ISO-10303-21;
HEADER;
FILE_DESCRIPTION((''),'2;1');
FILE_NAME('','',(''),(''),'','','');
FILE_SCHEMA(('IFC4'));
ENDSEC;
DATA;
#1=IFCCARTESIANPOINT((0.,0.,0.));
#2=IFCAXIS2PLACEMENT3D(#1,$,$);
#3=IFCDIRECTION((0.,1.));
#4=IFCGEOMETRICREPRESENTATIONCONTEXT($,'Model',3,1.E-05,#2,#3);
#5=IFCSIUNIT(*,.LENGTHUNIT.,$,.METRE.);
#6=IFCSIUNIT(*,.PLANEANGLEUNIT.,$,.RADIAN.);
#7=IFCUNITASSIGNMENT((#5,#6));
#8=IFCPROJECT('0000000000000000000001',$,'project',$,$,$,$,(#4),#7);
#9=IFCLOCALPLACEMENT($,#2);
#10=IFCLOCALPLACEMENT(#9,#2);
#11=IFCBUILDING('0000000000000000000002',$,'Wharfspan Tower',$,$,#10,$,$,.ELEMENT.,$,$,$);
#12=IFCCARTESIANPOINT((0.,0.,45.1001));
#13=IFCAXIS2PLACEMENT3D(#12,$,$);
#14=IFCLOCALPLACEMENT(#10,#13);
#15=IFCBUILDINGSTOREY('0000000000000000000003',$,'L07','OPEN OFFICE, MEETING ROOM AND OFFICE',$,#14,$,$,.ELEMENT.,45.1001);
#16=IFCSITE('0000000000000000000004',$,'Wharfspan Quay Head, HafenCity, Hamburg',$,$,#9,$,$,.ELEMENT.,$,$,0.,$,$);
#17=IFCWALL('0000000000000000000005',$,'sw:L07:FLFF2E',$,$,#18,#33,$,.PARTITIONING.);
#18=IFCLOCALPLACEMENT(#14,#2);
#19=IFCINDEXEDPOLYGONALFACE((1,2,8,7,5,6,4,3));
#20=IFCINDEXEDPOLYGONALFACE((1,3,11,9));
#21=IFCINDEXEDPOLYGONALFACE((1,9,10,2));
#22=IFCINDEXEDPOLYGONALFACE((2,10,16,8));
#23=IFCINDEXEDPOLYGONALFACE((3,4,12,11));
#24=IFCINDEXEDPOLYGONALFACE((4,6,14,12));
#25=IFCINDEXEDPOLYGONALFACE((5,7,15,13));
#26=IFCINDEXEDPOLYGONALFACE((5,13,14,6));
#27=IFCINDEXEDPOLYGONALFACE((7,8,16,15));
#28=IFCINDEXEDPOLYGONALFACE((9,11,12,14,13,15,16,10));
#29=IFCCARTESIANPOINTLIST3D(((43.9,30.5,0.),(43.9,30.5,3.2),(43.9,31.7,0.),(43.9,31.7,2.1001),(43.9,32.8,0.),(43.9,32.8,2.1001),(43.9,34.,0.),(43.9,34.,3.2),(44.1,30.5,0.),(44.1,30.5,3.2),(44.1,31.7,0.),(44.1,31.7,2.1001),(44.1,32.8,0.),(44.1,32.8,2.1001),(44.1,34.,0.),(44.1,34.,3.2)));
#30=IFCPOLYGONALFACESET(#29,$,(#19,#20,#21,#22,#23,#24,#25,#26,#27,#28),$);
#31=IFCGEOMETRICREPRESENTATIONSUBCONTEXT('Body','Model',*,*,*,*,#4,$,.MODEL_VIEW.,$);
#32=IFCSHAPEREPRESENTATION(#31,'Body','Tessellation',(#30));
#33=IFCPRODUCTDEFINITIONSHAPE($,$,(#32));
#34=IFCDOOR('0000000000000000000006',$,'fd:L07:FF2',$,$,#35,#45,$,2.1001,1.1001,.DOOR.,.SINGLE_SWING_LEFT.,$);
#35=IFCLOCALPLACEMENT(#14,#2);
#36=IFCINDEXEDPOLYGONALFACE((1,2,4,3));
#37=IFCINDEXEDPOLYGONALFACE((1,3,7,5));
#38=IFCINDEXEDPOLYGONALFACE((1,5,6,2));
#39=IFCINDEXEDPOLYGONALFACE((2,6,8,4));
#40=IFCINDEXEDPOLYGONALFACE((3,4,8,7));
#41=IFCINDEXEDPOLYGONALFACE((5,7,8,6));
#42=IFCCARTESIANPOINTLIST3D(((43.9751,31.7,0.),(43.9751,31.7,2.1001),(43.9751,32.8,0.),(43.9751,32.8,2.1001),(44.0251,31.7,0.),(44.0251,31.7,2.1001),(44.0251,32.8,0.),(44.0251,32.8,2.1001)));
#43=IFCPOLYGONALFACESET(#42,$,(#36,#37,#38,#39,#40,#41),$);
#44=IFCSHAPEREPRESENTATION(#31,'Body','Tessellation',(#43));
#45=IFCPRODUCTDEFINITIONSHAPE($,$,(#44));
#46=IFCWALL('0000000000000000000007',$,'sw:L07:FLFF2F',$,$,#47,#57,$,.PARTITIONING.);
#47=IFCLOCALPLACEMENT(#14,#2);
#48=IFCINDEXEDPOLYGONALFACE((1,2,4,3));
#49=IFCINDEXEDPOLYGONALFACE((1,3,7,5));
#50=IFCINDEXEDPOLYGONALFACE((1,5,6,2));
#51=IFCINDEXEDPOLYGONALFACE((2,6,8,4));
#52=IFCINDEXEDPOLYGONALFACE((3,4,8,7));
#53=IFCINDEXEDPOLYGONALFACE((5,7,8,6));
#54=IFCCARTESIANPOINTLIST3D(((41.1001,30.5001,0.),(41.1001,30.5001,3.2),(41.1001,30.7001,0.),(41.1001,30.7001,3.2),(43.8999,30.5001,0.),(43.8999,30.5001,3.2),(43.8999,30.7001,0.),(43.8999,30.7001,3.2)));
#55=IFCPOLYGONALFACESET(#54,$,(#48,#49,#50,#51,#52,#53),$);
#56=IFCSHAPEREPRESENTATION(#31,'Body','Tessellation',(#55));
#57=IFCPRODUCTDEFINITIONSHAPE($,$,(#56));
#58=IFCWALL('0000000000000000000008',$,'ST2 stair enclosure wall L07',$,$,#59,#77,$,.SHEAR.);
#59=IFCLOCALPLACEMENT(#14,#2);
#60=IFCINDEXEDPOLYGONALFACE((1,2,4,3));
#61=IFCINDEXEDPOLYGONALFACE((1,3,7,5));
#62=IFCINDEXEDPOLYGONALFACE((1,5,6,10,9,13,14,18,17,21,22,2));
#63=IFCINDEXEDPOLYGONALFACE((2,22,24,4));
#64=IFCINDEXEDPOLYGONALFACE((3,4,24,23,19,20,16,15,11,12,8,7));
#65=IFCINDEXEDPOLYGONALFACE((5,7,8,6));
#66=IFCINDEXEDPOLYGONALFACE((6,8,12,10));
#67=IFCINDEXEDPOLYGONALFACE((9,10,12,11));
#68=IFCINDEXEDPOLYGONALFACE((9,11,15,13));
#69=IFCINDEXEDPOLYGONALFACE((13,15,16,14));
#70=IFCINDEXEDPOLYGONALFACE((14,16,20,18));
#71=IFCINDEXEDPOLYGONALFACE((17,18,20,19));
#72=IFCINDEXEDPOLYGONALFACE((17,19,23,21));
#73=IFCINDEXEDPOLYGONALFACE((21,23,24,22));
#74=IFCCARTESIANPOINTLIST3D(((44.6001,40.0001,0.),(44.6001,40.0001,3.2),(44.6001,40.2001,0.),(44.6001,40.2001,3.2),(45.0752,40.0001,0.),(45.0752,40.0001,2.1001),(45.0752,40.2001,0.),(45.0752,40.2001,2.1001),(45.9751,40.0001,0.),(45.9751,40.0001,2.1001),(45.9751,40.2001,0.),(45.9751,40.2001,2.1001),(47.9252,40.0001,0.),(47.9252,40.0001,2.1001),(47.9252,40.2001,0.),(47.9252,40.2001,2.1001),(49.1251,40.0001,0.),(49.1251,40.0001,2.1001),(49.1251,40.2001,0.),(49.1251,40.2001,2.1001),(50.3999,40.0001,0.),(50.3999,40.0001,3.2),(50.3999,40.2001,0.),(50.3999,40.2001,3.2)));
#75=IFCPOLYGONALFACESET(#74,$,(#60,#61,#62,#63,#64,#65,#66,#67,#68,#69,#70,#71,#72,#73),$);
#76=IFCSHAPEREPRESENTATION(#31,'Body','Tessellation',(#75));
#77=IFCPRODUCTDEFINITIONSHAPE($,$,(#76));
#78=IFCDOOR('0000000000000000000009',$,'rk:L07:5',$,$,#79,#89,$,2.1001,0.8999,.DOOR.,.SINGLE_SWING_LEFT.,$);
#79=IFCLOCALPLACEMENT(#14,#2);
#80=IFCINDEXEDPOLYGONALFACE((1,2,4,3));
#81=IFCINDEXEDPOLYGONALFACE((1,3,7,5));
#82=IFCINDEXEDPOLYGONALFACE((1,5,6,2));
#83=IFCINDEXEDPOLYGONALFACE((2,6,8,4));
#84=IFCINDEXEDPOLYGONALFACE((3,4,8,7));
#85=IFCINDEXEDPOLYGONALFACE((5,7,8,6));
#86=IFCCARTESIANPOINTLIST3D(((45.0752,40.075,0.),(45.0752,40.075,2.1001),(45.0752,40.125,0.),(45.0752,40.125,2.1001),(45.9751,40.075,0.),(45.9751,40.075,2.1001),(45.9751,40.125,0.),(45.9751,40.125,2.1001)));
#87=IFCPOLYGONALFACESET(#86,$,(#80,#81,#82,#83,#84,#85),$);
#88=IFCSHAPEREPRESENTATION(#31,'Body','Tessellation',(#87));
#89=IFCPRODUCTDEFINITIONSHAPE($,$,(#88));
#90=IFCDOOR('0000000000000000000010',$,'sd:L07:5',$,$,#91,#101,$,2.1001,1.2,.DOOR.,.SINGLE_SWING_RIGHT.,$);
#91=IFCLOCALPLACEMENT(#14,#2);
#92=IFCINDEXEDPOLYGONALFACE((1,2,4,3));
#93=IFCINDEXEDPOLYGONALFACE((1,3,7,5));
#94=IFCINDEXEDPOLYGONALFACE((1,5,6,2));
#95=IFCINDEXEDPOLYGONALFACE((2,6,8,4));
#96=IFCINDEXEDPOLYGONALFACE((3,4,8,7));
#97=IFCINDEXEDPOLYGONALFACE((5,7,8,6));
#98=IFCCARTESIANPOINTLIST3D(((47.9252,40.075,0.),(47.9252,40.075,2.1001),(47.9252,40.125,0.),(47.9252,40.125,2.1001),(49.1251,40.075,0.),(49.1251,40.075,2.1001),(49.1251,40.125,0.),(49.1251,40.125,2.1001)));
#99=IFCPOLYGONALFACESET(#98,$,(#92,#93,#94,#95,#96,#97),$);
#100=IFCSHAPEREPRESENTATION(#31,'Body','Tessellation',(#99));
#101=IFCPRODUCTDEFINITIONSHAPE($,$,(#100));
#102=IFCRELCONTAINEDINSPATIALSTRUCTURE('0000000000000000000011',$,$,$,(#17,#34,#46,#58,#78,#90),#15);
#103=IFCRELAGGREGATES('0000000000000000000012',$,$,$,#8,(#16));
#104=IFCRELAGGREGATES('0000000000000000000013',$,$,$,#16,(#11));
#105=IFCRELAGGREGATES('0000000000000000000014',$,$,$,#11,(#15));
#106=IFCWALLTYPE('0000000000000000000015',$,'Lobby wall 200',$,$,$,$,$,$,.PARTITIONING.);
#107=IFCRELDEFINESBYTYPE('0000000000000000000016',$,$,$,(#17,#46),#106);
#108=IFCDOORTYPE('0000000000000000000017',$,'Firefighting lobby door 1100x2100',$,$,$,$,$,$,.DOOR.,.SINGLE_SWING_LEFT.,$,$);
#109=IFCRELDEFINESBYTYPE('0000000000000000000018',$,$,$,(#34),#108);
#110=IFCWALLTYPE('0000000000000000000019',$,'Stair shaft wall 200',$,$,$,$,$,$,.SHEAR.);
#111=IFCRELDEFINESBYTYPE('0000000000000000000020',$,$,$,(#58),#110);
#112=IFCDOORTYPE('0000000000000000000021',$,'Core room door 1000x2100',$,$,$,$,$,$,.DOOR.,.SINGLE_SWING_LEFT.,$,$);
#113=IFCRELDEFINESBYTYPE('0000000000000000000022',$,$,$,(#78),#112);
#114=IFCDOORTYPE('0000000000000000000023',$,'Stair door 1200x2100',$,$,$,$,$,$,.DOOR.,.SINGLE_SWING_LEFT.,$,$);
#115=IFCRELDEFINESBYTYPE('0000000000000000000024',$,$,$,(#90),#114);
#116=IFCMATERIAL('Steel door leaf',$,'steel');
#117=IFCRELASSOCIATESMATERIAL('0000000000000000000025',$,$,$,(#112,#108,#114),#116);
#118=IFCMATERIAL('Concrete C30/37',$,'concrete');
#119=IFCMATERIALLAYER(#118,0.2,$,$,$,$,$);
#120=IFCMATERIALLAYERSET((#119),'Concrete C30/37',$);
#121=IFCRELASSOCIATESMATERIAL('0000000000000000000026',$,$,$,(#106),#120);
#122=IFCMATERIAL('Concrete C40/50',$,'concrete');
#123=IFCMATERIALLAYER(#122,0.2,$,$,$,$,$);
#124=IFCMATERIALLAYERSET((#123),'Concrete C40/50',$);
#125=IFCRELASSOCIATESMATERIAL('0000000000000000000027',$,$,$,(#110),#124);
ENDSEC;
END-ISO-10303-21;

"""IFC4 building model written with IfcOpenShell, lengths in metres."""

from ifc_helpers import new_model, si_unit, direction, frame, frame_2d, origin, place, context, subcontext, project, spatial, rectangle, extrude, material, layer, layer_set, type_object, element, fill, save


model = new_model("IFC4")

# Units and contexts
model_context = context("Model", 3, precision=1e-05, world=origin(), true_north=direction((0.0, 1.0)))
body_context = subcontext(model_context, "Body", "Model", "MODEL_VIEW")
ifc_project = project(units=[si_unit("LENGTHUNIT", "METRE"), si_unit("PLANEANGLEUNIT", "RADIAN")], contexts=[model_context])

# Site, building, storey
site_placement = place(None, origin())
site = spatial("IfcSite", under=ifc_project, at=site_placement, Name="Wharfspan Quay Head, HafenCity, Hamburg", CompositionType="ELEMENT", RefElevation=0.0)
building_placement = place(site_placement, origin())
building = spatial("IfcBuilding", under=site, at=building_placement, Name="Wharfspan Tower", CompositionType="ELEMENT")
storey_placement = place(building_placement, frame((0.0, 0.0, 45.1001)))
storey = spatial("IfcBuildingStorey", under=building, at=storey_placement, Name="L07", Description="OPEN OFFICE, MEETING ROOM AND OFFICE", CompositionType="ELEMENT", Elevation=45.1001)

# Shared definitions
ifc_material_1 = material(Name="Steel door leaf", Category="steel")
door_type_1 = type_object("IfcDoorType", Name="Core room door 1000x2100", OperationType="SINGLE_SWING_LEFT", PredefinedType="DOOR", material=ifc_material_1)

# Shared definitions
ifc_material_2 = material(Name="Concrete C30/37", Category="concrete")
ifc_layer_1 = layer(ifc_material_2, 0.2)
ifc_layer_set_1 = layer_set([ifc_layer_1], Name="Concrete C30/37")
wall_type_1 = type_object("IfcWallType", Name="Lobby wall 200", PredefinedType="PARTITIONING", material=ifc_layer_set_1)

# Wall, opening, door
wall_1_placement = place(storey_placement, frame((44.0, 30.5, 0.0), z_axis=(0.0, 0.0, 1.0), x_axis=(0.0, 1.0, 0.0)))
wall_1 = element("IfcWall", 1, at=wall_1_placement, inside=storey, type_object=wall_type_1, Name="sw:L07:FLFF2E", PredefinedType="PARTITIONING", context=body_context, shape_type="SweptSolid", body=[
    extrude(rectangle(XDim=3.5, YDim=0.2, at=frame_2d((1.75, 0.0))), origin(), (0.0, 0.0, 1.0), 3.2),
])
opening_1_placement = place(wall_1_placement, frame((1.2, 0.0, 0.0)))
opening_1 = element("IfcOpeningElement", 2, at=opening_1_placement, cuts=wall_1, PredefinedType="OPENING", context=body_context, shape_type="SweptSolid", body=[
    extrude(rectangle(XDim=1.1001, YDim=2.1001, at=frame_2d((0.55, 1.05))), frame((0.0, 0.1099, 0.0), z_axis=(0.0, -1.0, 0.0), x_axis=(1.0, 0.0, 0.0)), (0.0, 0.0, 1.0), 0.22),
])
door_type_2 = type_object("IfcDoorType", Name="Firefighting lobby door 1100x2100", OperationType="SINGLE_SWING_LEFT", PredefinedType="DOOR", material=ifc_material_1)
door_1_placement = place(opening_1_placement, origin())
door_1 = element("IfcDoor", 3, at=door_1_placement, inside=storey, type_object=door_type_2, Name="fd:L07:FF2", OperationType="SINGLE_SWING_LEFT", OverallHeight=2.1001, OverallWidth=1.1001, PredefinedType="DOOR", context=body_context, shape_type="SweptSolid", body=[
    extrude(rectangle(XDim=1.1001, YDim=2.1001, at=frame_2d((0.55, 1.05))), frame((0.0, 0.0249, 0.0), z_axis=(0.0, -1.0, 0.0), x_axis=(1.0, 0.0, 0.0)), (0.0, 0.0, 1.0), 0.05),
])
fill(opening_1, door_1)

# Wall
wall_2_placement = place(storey_placement, frame((41.1001, 30.6001, 0.0), z_axis=(0.0, 0.0, 1.0), x_axis=(1.0, 0.0, 0.0)))
element("IfcWall", 4, at=wall_2_placement, inside=storey, type_object=wall_type_1, Name="sw:L07:FLFF2F", PredefinedType="PARTITIONING", context=body_context, shape_type="SweptSolid", body=[
    extrude(rectangle(XDim=2.7998, YDim=0.2, at=frame_2d((1.3999, 0.0))), origin(), (0.0, 0.0, 1.0), 3.2),
])

# Wall, openings, doors
ifc_material_3 = material(Name="Concrete C40/50", Category="concrete")
ifc_layer_2 = layer(ifc_material_3, 0.2)
ifc_layer_set_2 = layer_set([ifc_layer_2], Name="Concrete C40/50")
wall_type_2 = type_object("IfcWallType", Name="Stair shaft wall 200", PredefinedType="SHEAR", material=ifc_layer_set_2)
wall_3_placement = place(storey_placement, frame((44.6001, 40.1001, 0.0), z_axis=(0.0, 0.0, 1.0), x_axis=(1.0, 0.0, 0.0)))
wall_3 = element("IfcWall", 5, at=wall_3_placement, inside=storey, type_object=wall_type_2, Name="ST2 stair enclosure wall L07", PredefinedType="SHEAR", context=body_context, shape_type="SweptSolid", body=[
    extrude(rectangle(XDim=5.7998, YDim=0.2, at=frame_2d((2.8999, 0.0))), origin(), (0.0, 0.0, 1.0), 3.2),
])
opening_2_placement = place(wall_3_placement, frame((3.325, 0.0, 0.0)))
opening_2 = element("IfcOpeningElement", 6, at=opening_2_placement, cuts=wall_3, PredefinedType="OPENING", context=body_context, shape_type="SweptSolid", body=[
    extrude(rectangle(XDim=1.2, YDim=2.1001, at=frame_2d((0.6001, 1.05))), frame((0.0, 0.1099, 0.0), z_axis=(0.0, -1.0, 0.0), x_axis=(1.0, 0.0, 0.0)), (0.0, 0.0, 1.0), 0.22),
])
opening_3_placement = place(wall_3_placement, frame((0.4751, 0.0, 0.0)))
opening_3 = element("IfcOpeningElement", 7, at=opening_3_placement, cuts=wall_3, PredefinedType="OPENING", context=body_context, shape_type="SweptSolid", body=[
    extrude(rectangle(XDim=0.8999, YDim=2.1001, at=frame_2d((0.45, 1.05))), frame((0.0, 0.1099, 0.0), z_axis=(0.0, -1.0, 0.0), x_axis=(1.0, 0.0, 0.0)), (0.0, 0.0, 1.0), 0.22),
])
door_2_placement = place(opening_3_placement, origin())
door_2 = element("IfcDoor", 8, at=door_2_placement, inside=storey, type_object=door_type_1, Name="rk:L07:5", OperationType="SINGLE_SWING_LEFT", OverallHeight=2.1001, OverallWidth=0.8999, PredefinedType="DOOR", context=body_context, shape_type="SweptSolid", body=[
    extrude(rectangle(XDim=0.8999, YDim=2.1001, at=frame_2d((0.45, 1.05))), frame((0.0, 0.0249, 0.0), z_axis=(0.0, -1.0, 0.0), x_axis=(1.0, 0.0, 0.0)), (0.0, 0.0, 1.0), 0.05),
])
fill(opening_3, door_2)
door_type_3 = type_object("IfcDoorType", Name="Stair door 1200x2100", OperationType="SINGLE_SWING_LEFT", PredefinedType="DOOR", material=ifc_material_1)
door_3_placement = place(opening_2_placement, origin())
door_3 = element("IfcDoor", 9, at=door_3_placement, inside=storey, type_object=door_type_3, Name="sd:L07:5", OperationType="SINGLE_SWING_RIGHT", OverallHeight=2.1001, OverallWidth=1.2, PredefinedType="DOOR", context=body_context, shape_type="SweptSolid", body=[
    extrude(rectangle(XDim=1.2, YDim=2.1001, at=frame_2d((0.6001, 1.05))), frame((0.0, 0.0249, 0.0), z_axis=(0.0, -1.0, 0.0), x_axis=(1.0, 0.0, 0.0)), (0.0, 0.0, 1.0), 0.05),
])
fill(opening_2, door_3)

save(model, "model.ifc")
